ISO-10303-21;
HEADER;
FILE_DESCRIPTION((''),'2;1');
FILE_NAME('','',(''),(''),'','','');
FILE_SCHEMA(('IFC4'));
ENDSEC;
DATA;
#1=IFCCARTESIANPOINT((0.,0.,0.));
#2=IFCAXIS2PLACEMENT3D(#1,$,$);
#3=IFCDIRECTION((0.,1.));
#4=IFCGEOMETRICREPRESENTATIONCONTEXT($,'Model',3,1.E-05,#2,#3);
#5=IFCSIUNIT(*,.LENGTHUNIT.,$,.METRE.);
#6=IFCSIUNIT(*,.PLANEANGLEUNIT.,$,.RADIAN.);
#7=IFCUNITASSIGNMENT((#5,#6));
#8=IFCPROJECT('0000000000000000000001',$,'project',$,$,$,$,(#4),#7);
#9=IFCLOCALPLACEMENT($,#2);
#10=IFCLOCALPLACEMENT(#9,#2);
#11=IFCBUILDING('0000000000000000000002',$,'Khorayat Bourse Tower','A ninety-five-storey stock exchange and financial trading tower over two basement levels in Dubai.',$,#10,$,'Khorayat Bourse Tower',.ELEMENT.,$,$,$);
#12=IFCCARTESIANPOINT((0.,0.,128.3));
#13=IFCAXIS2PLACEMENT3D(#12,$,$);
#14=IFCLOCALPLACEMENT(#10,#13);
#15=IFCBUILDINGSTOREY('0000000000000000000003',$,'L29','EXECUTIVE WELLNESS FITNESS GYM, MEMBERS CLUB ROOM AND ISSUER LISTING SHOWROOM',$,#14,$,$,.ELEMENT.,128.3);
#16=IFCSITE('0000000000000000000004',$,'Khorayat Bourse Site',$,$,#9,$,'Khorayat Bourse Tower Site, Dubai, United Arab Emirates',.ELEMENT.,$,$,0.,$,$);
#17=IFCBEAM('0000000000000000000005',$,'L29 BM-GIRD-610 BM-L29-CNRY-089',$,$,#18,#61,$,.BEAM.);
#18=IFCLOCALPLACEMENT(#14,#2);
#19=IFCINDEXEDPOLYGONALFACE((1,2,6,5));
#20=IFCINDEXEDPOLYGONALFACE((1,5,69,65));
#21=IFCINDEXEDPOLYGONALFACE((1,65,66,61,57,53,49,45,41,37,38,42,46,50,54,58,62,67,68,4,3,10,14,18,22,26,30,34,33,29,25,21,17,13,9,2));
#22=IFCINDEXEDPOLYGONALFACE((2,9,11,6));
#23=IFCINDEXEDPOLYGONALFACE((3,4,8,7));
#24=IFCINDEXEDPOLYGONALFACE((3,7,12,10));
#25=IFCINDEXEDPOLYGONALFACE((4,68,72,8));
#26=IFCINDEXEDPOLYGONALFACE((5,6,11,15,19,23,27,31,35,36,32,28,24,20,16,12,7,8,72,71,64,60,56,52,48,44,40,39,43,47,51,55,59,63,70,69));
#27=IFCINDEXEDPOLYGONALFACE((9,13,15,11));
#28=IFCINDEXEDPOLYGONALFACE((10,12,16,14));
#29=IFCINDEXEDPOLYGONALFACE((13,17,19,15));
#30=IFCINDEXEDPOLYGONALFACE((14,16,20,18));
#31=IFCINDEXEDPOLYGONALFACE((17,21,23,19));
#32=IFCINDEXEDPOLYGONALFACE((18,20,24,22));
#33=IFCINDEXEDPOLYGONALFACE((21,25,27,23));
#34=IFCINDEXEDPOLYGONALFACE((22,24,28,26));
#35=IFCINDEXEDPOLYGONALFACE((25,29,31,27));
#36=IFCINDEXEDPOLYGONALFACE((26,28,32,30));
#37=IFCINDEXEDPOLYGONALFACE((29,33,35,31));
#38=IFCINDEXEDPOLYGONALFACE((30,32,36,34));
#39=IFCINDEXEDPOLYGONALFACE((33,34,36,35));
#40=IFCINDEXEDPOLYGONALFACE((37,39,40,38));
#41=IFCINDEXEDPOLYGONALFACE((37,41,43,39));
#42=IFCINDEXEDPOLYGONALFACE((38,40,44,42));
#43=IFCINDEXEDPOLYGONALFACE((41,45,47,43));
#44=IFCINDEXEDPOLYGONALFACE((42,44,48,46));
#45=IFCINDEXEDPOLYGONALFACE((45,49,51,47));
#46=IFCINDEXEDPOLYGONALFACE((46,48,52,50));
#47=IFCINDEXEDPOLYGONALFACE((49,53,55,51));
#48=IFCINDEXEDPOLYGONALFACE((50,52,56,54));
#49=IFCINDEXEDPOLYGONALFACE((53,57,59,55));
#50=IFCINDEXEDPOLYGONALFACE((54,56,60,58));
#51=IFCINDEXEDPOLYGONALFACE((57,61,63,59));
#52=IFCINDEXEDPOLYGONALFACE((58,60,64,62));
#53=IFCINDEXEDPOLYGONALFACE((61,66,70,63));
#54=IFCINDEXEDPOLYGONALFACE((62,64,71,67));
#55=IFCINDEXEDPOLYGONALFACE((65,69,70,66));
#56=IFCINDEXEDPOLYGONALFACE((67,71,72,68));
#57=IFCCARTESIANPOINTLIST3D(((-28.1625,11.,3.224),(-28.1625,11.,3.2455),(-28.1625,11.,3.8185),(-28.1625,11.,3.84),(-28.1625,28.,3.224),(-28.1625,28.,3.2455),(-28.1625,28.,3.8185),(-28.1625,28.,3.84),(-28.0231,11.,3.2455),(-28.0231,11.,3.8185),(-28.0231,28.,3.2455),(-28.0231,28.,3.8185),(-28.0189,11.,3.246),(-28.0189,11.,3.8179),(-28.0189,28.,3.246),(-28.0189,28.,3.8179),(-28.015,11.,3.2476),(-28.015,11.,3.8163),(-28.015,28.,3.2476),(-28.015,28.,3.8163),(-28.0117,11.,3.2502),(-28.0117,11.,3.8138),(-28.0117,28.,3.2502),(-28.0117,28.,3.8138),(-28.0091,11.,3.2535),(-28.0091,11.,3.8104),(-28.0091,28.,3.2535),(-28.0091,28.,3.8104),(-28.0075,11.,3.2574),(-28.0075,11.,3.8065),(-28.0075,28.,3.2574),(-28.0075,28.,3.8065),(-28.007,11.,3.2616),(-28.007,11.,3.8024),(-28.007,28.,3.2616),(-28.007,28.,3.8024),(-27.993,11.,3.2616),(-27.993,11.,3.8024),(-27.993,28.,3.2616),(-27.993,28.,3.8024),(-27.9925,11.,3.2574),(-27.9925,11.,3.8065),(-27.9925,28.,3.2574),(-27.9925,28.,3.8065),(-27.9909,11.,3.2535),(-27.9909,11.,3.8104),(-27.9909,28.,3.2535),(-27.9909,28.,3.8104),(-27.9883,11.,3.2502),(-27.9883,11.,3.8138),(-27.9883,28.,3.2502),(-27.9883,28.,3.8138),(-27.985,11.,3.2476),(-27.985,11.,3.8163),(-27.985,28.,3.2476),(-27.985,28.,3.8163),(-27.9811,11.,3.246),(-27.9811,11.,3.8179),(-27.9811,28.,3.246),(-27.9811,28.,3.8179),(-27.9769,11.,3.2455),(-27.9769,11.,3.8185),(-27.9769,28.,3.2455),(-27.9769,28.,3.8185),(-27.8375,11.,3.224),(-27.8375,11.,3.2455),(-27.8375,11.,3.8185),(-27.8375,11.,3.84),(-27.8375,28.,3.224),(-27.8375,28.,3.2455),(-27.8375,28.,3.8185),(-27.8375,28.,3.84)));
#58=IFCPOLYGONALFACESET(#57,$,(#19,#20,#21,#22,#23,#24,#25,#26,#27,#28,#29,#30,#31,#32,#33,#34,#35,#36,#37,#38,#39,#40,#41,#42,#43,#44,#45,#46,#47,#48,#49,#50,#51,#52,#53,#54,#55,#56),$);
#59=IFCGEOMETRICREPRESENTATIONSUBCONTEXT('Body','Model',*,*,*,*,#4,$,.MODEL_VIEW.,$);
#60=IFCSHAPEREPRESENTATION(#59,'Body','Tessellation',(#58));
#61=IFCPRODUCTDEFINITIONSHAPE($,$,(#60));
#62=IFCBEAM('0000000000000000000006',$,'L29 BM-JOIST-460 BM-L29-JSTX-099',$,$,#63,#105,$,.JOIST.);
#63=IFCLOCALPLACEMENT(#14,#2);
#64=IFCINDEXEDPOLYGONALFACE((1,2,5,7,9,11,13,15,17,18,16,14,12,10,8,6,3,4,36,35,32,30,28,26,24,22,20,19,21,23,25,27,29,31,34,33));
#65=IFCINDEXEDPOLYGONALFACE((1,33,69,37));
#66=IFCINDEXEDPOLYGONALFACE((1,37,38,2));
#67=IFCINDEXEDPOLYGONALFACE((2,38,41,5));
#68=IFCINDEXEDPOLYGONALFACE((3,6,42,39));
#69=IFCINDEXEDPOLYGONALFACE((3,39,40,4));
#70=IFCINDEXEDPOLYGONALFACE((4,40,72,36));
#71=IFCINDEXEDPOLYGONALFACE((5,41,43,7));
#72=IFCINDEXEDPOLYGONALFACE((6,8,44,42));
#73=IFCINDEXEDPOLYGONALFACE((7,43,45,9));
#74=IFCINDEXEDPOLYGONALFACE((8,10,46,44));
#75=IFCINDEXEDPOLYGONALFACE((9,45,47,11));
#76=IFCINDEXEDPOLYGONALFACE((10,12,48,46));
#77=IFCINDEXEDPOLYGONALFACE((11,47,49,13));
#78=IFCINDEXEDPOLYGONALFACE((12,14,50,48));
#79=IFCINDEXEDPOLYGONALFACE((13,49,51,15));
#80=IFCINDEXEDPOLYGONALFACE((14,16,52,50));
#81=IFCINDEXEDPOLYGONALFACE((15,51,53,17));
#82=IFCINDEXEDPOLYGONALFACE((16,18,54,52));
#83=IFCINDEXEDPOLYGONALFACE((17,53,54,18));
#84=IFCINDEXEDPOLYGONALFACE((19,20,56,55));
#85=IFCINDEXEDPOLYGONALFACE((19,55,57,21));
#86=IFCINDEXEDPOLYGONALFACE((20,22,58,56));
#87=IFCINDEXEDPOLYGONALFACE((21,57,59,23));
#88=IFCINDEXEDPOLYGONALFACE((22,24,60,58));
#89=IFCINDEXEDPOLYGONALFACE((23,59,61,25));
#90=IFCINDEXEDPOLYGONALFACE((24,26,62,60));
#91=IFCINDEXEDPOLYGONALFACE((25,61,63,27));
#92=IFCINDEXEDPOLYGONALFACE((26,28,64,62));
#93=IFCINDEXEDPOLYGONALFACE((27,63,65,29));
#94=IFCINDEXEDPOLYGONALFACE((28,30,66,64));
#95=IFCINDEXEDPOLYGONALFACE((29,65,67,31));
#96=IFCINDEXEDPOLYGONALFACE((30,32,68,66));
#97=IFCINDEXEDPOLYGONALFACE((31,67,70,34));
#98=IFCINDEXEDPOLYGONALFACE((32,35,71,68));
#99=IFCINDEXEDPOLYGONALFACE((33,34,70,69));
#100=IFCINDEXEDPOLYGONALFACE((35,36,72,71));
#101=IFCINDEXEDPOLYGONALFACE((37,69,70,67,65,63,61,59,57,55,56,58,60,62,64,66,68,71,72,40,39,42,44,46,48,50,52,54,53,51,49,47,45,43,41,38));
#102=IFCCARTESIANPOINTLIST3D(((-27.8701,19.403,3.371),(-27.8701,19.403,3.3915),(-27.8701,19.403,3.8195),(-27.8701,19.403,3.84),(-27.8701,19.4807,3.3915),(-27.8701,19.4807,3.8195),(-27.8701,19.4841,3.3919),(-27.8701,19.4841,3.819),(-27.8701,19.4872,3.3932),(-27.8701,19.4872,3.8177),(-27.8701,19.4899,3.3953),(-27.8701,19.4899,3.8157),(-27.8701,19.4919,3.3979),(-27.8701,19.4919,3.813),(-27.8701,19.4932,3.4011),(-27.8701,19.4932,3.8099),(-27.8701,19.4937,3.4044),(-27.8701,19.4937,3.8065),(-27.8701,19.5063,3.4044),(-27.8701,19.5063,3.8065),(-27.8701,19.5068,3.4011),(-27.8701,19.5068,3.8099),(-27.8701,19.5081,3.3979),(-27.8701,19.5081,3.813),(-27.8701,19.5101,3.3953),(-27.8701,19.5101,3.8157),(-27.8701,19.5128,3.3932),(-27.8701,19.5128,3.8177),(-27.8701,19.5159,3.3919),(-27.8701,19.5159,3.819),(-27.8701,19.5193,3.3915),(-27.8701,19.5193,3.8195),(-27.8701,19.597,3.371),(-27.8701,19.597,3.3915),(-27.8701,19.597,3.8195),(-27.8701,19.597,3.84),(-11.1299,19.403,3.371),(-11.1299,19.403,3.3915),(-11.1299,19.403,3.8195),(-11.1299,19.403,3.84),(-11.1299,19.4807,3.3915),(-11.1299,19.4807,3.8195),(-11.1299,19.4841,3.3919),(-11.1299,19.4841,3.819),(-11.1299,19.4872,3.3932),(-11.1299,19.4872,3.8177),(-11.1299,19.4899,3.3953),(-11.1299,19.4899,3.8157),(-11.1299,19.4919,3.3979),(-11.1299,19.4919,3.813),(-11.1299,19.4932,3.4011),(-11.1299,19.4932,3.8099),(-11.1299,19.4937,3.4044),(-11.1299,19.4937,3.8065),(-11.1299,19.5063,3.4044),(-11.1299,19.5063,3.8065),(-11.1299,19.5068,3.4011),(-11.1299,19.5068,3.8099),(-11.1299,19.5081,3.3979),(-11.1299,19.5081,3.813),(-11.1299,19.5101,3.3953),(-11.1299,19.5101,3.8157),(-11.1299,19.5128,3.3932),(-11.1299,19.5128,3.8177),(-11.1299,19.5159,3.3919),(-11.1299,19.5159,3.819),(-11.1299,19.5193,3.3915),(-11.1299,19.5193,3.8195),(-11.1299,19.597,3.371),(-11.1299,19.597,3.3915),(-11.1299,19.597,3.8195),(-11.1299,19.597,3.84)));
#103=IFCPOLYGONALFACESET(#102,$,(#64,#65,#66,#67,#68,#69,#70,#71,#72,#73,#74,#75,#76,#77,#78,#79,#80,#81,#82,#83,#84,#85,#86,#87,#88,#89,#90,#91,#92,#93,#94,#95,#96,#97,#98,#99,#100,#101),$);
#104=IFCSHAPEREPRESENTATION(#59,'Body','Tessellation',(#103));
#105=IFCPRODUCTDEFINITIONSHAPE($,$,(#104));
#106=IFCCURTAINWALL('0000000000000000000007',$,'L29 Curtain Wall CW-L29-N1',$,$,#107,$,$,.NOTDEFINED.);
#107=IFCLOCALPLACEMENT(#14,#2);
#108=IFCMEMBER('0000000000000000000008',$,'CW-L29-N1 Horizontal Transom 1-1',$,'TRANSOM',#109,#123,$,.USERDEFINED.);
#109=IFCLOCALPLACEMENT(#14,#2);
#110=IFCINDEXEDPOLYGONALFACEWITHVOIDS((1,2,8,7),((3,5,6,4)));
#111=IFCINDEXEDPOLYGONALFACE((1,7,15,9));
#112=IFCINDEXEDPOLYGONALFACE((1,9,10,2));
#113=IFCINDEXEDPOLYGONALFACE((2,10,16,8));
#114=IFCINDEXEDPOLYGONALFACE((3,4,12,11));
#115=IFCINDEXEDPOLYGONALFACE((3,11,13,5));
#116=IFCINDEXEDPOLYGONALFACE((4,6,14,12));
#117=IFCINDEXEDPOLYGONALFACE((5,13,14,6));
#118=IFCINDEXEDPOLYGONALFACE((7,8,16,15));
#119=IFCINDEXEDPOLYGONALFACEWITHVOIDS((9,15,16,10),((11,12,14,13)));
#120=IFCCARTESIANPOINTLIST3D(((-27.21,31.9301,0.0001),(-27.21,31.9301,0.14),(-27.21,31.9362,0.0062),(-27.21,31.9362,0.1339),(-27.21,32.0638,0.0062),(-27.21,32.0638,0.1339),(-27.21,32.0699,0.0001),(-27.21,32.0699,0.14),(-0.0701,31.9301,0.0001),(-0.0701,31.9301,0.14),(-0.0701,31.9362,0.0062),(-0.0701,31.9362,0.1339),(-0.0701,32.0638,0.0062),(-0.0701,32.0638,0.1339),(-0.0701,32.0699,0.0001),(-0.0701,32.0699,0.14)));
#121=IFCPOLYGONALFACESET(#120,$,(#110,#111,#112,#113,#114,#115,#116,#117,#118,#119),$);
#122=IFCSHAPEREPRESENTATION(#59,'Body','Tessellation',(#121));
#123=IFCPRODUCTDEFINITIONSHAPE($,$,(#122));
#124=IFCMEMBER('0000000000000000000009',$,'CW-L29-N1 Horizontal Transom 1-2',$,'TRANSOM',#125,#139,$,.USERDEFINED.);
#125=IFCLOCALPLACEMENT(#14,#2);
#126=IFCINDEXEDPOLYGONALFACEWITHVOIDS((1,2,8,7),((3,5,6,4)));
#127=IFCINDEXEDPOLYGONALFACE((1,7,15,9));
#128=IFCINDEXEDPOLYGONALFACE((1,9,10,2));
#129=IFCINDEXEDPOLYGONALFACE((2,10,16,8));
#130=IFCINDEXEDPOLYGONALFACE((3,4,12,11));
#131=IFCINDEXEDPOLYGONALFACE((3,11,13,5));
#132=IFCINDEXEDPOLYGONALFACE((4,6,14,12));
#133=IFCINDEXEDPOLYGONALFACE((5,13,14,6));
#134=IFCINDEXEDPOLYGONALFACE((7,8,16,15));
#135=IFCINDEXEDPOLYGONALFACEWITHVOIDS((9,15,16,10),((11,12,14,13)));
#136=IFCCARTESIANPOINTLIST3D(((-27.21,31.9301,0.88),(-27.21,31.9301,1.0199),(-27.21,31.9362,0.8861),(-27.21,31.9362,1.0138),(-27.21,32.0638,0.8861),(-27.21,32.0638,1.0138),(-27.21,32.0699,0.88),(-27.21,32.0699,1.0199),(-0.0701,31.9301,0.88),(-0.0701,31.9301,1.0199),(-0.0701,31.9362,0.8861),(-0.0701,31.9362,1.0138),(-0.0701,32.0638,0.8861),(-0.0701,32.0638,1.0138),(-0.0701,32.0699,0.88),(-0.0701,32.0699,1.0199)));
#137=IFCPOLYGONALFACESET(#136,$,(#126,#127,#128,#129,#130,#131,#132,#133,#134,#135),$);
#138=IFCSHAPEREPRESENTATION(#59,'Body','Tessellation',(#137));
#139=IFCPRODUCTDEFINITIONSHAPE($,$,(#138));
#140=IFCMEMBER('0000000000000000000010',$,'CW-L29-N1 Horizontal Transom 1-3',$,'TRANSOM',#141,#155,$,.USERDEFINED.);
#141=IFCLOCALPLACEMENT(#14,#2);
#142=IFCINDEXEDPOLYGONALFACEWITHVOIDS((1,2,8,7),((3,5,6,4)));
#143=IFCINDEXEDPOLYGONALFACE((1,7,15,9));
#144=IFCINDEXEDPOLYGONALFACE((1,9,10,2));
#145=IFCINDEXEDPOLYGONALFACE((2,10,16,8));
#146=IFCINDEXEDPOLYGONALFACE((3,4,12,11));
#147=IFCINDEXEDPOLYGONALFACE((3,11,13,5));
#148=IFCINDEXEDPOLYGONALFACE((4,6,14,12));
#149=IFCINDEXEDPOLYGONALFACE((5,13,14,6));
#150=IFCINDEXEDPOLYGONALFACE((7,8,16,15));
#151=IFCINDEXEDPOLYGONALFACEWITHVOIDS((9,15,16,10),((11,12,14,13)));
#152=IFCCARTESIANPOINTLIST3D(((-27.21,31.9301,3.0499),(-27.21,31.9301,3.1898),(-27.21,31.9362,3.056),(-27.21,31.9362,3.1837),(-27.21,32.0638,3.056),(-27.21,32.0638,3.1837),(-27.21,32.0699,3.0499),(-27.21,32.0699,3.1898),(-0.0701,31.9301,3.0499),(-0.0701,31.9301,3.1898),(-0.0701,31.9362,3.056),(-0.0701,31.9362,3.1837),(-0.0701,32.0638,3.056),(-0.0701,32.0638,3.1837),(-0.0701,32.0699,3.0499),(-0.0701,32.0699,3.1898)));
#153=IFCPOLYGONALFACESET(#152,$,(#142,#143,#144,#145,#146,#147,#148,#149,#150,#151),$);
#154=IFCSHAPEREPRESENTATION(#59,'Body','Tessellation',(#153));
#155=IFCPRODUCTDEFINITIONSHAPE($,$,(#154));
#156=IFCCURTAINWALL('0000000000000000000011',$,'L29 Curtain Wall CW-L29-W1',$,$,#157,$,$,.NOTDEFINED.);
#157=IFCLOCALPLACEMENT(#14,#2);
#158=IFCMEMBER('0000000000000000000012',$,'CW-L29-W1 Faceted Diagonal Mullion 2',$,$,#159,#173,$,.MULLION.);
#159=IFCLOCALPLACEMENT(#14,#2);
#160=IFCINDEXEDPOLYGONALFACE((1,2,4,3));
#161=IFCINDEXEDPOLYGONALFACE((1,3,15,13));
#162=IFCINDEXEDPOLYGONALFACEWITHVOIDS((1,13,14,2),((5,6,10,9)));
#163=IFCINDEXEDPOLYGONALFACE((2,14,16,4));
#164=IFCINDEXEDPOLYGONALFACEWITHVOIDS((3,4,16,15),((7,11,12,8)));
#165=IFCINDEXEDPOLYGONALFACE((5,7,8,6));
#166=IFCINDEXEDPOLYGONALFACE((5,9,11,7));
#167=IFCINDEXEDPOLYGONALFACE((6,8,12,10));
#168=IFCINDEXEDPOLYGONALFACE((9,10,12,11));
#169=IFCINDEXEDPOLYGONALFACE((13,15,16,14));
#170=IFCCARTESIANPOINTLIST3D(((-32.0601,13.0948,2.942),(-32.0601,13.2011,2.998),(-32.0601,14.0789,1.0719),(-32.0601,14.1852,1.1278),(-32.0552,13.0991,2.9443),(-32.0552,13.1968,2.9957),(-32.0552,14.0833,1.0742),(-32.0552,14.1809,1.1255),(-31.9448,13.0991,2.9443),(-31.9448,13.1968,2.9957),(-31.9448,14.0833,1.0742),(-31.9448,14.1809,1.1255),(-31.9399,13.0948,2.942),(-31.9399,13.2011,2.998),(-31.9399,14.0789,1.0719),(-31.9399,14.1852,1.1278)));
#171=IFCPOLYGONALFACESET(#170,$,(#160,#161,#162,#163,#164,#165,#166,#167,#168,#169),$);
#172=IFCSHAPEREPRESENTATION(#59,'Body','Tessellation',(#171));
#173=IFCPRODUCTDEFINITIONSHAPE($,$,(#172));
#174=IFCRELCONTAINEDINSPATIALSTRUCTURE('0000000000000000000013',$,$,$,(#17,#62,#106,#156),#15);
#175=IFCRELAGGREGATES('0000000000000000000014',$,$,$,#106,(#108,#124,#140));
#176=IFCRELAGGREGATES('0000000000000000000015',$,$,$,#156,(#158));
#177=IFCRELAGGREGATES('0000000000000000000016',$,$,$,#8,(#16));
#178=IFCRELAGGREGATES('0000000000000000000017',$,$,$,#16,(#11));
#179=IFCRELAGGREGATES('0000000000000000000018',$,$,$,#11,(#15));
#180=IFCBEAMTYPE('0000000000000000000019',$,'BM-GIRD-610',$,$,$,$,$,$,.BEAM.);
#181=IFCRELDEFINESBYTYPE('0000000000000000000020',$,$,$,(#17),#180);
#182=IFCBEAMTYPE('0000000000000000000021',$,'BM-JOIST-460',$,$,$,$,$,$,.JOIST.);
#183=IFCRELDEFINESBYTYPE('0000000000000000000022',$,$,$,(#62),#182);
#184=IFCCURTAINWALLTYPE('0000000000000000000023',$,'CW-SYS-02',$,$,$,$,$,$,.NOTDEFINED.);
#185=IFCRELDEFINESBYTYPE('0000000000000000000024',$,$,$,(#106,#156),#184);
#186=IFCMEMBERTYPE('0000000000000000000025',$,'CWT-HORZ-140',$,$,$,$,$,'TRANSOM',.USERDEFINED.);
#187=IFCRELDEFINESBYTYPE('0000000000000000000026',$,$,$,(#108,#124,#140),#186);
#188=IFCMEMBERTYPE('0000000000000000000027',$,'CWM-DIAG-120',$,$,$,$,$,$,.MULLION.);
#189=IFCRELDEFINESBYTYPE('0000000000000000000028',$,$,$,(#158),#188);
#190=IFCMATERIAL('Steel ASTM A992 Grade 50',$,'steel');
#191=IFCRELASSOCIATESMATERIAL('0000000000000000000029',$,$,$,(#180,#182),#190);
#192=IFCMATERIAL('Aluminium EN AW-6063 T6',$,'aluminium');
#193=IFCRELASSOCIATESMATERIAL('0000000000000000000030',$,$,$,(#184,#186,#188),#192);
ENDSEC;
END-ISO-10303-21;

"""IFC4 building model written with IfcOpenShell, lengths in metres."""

from ifc_helpers import new_model, si_unit, direction, frame, origin, origin_2d, place, context, subcontext, project, spatial, hollow_rectangle, i_section, extrude, source, transform, mapped, material, material_profile, profile_set, type_object, element, aggregate, save


model = new_model("IFC4")

# Units and contexts
model_context = context("Model", 3, precision=1e-05, world=origin(), true_north=direction((0.0, 1.0)))
body_context = subcontext(model_context, "Body", "Model", "MODEL_VIEW")
ifc_project = project(units=[si_unit("LENGTHUNIT", "METRE"), si_unit("PLANEANGLEUNIT", "RADIAN")], contexts=[model_context])

# Site, building, storey
site_placement = place(None, origin())
site = spatial("IfcSite", under=ifc_project, at=site_placement, Name="Khorayat Bourse Site", LongName="Khorayat Bourse Tower Site, Dubai, United Arab Emirates", CompositionType="ELEMENT", RefElevation=0.0)
building_placement = place(site_placement, origin())
building = spatial("IfcBuilding", under=site, at=building_placement, Name="Khorayat Bourse Tower", Description="A ninety-five-storey stock exchange and financial trading tower over two basement levels in Dubai.", LongName="Khorayat Bourse Tower", CompositionType="ELEMENT")
storey_placement = place(building_placement, frame((0.0, 0.0, 128.3)))
storey = spatial("IfcBuildingStorey", under=building, at=storey_placement, Name="L29", Description="EXECUTIVE WELLNESS FITNESS GYM, MEMBERS CLUB ROOM AND ISSUER LISTING SHOWROOM", CompositionType="ELEMENT", Elevation=128.3)

# Beams
ifc_material_1 = material(Name="Steel ASTM A992 Grade 50", Category="steel")
ifc_material_profile_1 = material_profile(ifc_material_1, i_section(OverallWidth=0.325, OverallDepth=0.616, WebThickness=0.0139, FlangeThickness=0.0215, FilletRadius=0.0161, at=origin_2d()), Name="W610X174")
ifc_profile_set_1 = profile_set([ifc_material_profile_1], Name="Steel ASTM A992 Grade 50")
beam_type_1 = type_object("IfcBeamType", Name="BM-GIRD-610", PredefinedType="BEAM", material=ifc_profile_set_1)
shared_shape_1 = source(origin(), body_context, "Body", "SweptSolid", [
    extrude(i_section(OverallWidth=0.325, OverallDepth=0.616, WebThickness=0.0139, FlangeThickness=0.0215, FilletRadius=0.0161, at=origin_2d()), origin(), (0.0, 0.0, 1.0), 17.0),
])
beam_1_placement = place(storey_placement, frame((-28.0, 11.0, 3.532), z_axis=(0.0, 1.0, 0.0), x_axis=(-1.0, 0.0, 0.0)))
element("IfcBeam", 1, at=beam_1_placement, inside=storey, type_object=beam_type_1, Name="L29 BM-GIRD-610 BM-L29-CNRY-089", PredefinedType="BEAM", context=body_context, shape_type="MappedRepresentation", body=[
    mapped(shared_shape_1, transform((0.0, 0.0, 0.0), scale=1.0)),
])
ifc_material_profile_2 = material_profile(ifc_material_1, i_section(OverallWidth=0.1941, OverallDepth=0.469, WebThickness=0.0127, FlangeThickness=0.0205, FilletRadius=0.0129, at=origin_2d()), Name="W460X106")
ifc_profile_set_2 = profile_set([ifc_material_profile_2], Name="Steel ASTM A992 Grade 50")
beam_type_2 = type_object("IfcBeamType", Name="BM-JOIST-460", PredefinedType="JOIST", material=ifc_profile_set_2)
shared_shape_2 = source(origin(), body_context, "Body", "SweptSolid", [
    extrude(i_section(OverallWidth=0.1941, OverallDepth=0.469, WebThickness=0.0127, FlangeThickness=0.0205, FilletRadius=0.0129, at=origin_2d()), origin(), (0.0, 0.0, 1.0), 16.7402),
])
beam_2_placement = place(storey_placement, frame((-27.8701, 19.5, 3.6055), z_axis=(1.0, 0.0, 0.0), x_axis=(0.0, 1.0, 0.0)))
element("IfcBeam", 2, at=beam_2_placement, inside=storey, type_object=beam_type_2, Name="L29 BM-JOIST-460 BM-L29-JSTX-099", PredefinedType="JOIST", context=body_context, shape_type="MappedRepresentation", body=[
    mapped(shared_shape_2, transform((0.0, 0.0, 0.0), scale=1.0)),
])

# Curtain wall, members
ifc_material_2 = material(Name="Aluminium EN AW-6063 T6", Category="aluminium")
curtain_wall_type = type_object("IfcCurtainWallType", Name="CW-SYS-02", PredefinedType="NOTDEFINED", material=ifc_material_2)
curtain_wall_1_placement = place(storey_placement, origin())
curtain_wall_1 = element("IfcCurtainWall", 3, at=curtain_wall_1_placement, inside=storey, type_object=curtain_wall_type, Name="L29 Curtain Wall CW-L29-N1", PredefinedType="NOTDEFINED")
ifc_material_profile_3 = material_profile(ifc_material_2, hollow_rectangle(XDim=0.1399, YDim=0.1399, WallThickness=0.0061, at=origin_2d()), Name="ALU 140x140x6")
ifc_profile_set_3 = profile_set([ifc_material_profile_3], Name="Aluminium EN AW-6063 T6")
member_type_1 = type_object("IfcMemberType", Name="CWT-HORZ-140", ElementType="TRANSOM", PredefinedType="USERDEFINED", material=ifc_profile_set_3)
shared_shape_3 = source(origin(), body_context, "Body", "SweptSolid", [
    extrude(hollow_rectangle(XDim=0.1399, YDim=0.1399, WallThickness=0.0061, at=origin_2d()), origin(), (0.0, 0.0, 1.0), 27.1399),
])
member_1_placement = place(storey_placement, frame((-27.21, 32.0, 0.0701), z_axis=(1.0, 0.0, 0.0), x_axis=(0.0, 1.0, 0.0)))
member_1 = element("IfcMember", 4, at=member_1_placement, type_object=member_type_1, Name="CW-L29-N1 Horizontal Transom 1-1", ObjectType="TRANSOM", PredefinedType="USERDEFINED", context=body_context, shape_type="MappedRepresentation", body=[
    mapped(shared_shape_3, transform((0.0, 0.0, 0.0), scale=1.0)),
])
member_2_placement = place(storey_placement, frame((-27.21, 32.0, 0.95), z_axis=(1.0, 0.0, 0.0), x_axis=(0.0, 1.0, 0.0)))
member_2 = element("IfcMember", 5, at=member_2_placement, type_object=member_type_1, Name="CW-L29-N1 Horizontal Transom 1-2", ObjectType="TRANSOM", PredefinedType="USERDEFINED", context=body_context, shape_type="MappedRepresentation", body=[
    mapped(shared_shape_3, transform((0.0, 0.0, 0.0), scale=1.0)),
])
member_3_placement = place(storey_placement, frame((-27.21, 32.0, 3.1199), z_axis=(1.0, 0.0, 0.0), x_axis=(0.0, 1.0, 0.0)))
member_3 = element("IfcMember", 6, at=member_3_placement, type_object=member_type_1, Name="CW-L29-N1 Horizontal Transom 1-3", ObjectType="TRANSOM", PredefinedType="USERDEFINED", context=body_context, shape_type="MappedRepresentation", body=[
    mapped(shared_shape_3, transform((0.0, 0.0, 0.0), scale=1.0)),
])

# Curtain wall, member
curtain_wall_2_placement = place(storey_placement, origin())
curtain_wall_2 = element("IfcCurtainWall", 7, at=curtain_wall_2_placement, inside=storey, type_object=curtain_wall_type, Name="L29 Curtain Wall CW-L29-W1", PredefinedType="NOTDEFINED")
ifc_material_profile_4 = material_profile(ifc_material_2, hollow_rectangle(XDim=0.1201, YDim=0.1201, WallThickness=0.0049, at=origin_2d()), Name="ALU 120x120x5")
ifc_profile_set_4 = profile_set([ifc_material_profile_4], Name="Aluminium EN AW-6063 T6")
member_type_2 = type_object("IfcMemberType", Name="CWM-DIAG-120", PredefinedType="MULLION", material=ifc_profile_set_4)
shared_shape_4 = source(origin(), body_context, "Body", "SweptSolid", [
    extrude(hollow_rectangle(XDim=0.1201, YDim=0.1201, WallThickness=0.0049, at=origin_2d()), origin(), (0.0, 0.0, 1.0), 2.1133),
])
member_4_placement = place(storey_placement, frame((-32.0, 14.1321, 1.0999), z_axis=(0.0, -0.465694, 0.884946), x_axis=(1.0, 0.0, 0.0)))
member_4 = element("IfcMember", 8, at=member_4_placement, type_object=member_type_2, Name="CW-L29-W1 Faceted Diagonal Mullion 2", PredefinedType="MULLION", context=body_context, shape_type="MappedRepresentation", body=[
    mapped(shared_shape_4, transform((0.0, 0.0, 0.0), scale=1.0)),
])

aggregate(curtain_wall_1, [member_1, member_2, member_3])

aggregate(curtain_wall_2, [member_4])

save(model, "model.ifc")
